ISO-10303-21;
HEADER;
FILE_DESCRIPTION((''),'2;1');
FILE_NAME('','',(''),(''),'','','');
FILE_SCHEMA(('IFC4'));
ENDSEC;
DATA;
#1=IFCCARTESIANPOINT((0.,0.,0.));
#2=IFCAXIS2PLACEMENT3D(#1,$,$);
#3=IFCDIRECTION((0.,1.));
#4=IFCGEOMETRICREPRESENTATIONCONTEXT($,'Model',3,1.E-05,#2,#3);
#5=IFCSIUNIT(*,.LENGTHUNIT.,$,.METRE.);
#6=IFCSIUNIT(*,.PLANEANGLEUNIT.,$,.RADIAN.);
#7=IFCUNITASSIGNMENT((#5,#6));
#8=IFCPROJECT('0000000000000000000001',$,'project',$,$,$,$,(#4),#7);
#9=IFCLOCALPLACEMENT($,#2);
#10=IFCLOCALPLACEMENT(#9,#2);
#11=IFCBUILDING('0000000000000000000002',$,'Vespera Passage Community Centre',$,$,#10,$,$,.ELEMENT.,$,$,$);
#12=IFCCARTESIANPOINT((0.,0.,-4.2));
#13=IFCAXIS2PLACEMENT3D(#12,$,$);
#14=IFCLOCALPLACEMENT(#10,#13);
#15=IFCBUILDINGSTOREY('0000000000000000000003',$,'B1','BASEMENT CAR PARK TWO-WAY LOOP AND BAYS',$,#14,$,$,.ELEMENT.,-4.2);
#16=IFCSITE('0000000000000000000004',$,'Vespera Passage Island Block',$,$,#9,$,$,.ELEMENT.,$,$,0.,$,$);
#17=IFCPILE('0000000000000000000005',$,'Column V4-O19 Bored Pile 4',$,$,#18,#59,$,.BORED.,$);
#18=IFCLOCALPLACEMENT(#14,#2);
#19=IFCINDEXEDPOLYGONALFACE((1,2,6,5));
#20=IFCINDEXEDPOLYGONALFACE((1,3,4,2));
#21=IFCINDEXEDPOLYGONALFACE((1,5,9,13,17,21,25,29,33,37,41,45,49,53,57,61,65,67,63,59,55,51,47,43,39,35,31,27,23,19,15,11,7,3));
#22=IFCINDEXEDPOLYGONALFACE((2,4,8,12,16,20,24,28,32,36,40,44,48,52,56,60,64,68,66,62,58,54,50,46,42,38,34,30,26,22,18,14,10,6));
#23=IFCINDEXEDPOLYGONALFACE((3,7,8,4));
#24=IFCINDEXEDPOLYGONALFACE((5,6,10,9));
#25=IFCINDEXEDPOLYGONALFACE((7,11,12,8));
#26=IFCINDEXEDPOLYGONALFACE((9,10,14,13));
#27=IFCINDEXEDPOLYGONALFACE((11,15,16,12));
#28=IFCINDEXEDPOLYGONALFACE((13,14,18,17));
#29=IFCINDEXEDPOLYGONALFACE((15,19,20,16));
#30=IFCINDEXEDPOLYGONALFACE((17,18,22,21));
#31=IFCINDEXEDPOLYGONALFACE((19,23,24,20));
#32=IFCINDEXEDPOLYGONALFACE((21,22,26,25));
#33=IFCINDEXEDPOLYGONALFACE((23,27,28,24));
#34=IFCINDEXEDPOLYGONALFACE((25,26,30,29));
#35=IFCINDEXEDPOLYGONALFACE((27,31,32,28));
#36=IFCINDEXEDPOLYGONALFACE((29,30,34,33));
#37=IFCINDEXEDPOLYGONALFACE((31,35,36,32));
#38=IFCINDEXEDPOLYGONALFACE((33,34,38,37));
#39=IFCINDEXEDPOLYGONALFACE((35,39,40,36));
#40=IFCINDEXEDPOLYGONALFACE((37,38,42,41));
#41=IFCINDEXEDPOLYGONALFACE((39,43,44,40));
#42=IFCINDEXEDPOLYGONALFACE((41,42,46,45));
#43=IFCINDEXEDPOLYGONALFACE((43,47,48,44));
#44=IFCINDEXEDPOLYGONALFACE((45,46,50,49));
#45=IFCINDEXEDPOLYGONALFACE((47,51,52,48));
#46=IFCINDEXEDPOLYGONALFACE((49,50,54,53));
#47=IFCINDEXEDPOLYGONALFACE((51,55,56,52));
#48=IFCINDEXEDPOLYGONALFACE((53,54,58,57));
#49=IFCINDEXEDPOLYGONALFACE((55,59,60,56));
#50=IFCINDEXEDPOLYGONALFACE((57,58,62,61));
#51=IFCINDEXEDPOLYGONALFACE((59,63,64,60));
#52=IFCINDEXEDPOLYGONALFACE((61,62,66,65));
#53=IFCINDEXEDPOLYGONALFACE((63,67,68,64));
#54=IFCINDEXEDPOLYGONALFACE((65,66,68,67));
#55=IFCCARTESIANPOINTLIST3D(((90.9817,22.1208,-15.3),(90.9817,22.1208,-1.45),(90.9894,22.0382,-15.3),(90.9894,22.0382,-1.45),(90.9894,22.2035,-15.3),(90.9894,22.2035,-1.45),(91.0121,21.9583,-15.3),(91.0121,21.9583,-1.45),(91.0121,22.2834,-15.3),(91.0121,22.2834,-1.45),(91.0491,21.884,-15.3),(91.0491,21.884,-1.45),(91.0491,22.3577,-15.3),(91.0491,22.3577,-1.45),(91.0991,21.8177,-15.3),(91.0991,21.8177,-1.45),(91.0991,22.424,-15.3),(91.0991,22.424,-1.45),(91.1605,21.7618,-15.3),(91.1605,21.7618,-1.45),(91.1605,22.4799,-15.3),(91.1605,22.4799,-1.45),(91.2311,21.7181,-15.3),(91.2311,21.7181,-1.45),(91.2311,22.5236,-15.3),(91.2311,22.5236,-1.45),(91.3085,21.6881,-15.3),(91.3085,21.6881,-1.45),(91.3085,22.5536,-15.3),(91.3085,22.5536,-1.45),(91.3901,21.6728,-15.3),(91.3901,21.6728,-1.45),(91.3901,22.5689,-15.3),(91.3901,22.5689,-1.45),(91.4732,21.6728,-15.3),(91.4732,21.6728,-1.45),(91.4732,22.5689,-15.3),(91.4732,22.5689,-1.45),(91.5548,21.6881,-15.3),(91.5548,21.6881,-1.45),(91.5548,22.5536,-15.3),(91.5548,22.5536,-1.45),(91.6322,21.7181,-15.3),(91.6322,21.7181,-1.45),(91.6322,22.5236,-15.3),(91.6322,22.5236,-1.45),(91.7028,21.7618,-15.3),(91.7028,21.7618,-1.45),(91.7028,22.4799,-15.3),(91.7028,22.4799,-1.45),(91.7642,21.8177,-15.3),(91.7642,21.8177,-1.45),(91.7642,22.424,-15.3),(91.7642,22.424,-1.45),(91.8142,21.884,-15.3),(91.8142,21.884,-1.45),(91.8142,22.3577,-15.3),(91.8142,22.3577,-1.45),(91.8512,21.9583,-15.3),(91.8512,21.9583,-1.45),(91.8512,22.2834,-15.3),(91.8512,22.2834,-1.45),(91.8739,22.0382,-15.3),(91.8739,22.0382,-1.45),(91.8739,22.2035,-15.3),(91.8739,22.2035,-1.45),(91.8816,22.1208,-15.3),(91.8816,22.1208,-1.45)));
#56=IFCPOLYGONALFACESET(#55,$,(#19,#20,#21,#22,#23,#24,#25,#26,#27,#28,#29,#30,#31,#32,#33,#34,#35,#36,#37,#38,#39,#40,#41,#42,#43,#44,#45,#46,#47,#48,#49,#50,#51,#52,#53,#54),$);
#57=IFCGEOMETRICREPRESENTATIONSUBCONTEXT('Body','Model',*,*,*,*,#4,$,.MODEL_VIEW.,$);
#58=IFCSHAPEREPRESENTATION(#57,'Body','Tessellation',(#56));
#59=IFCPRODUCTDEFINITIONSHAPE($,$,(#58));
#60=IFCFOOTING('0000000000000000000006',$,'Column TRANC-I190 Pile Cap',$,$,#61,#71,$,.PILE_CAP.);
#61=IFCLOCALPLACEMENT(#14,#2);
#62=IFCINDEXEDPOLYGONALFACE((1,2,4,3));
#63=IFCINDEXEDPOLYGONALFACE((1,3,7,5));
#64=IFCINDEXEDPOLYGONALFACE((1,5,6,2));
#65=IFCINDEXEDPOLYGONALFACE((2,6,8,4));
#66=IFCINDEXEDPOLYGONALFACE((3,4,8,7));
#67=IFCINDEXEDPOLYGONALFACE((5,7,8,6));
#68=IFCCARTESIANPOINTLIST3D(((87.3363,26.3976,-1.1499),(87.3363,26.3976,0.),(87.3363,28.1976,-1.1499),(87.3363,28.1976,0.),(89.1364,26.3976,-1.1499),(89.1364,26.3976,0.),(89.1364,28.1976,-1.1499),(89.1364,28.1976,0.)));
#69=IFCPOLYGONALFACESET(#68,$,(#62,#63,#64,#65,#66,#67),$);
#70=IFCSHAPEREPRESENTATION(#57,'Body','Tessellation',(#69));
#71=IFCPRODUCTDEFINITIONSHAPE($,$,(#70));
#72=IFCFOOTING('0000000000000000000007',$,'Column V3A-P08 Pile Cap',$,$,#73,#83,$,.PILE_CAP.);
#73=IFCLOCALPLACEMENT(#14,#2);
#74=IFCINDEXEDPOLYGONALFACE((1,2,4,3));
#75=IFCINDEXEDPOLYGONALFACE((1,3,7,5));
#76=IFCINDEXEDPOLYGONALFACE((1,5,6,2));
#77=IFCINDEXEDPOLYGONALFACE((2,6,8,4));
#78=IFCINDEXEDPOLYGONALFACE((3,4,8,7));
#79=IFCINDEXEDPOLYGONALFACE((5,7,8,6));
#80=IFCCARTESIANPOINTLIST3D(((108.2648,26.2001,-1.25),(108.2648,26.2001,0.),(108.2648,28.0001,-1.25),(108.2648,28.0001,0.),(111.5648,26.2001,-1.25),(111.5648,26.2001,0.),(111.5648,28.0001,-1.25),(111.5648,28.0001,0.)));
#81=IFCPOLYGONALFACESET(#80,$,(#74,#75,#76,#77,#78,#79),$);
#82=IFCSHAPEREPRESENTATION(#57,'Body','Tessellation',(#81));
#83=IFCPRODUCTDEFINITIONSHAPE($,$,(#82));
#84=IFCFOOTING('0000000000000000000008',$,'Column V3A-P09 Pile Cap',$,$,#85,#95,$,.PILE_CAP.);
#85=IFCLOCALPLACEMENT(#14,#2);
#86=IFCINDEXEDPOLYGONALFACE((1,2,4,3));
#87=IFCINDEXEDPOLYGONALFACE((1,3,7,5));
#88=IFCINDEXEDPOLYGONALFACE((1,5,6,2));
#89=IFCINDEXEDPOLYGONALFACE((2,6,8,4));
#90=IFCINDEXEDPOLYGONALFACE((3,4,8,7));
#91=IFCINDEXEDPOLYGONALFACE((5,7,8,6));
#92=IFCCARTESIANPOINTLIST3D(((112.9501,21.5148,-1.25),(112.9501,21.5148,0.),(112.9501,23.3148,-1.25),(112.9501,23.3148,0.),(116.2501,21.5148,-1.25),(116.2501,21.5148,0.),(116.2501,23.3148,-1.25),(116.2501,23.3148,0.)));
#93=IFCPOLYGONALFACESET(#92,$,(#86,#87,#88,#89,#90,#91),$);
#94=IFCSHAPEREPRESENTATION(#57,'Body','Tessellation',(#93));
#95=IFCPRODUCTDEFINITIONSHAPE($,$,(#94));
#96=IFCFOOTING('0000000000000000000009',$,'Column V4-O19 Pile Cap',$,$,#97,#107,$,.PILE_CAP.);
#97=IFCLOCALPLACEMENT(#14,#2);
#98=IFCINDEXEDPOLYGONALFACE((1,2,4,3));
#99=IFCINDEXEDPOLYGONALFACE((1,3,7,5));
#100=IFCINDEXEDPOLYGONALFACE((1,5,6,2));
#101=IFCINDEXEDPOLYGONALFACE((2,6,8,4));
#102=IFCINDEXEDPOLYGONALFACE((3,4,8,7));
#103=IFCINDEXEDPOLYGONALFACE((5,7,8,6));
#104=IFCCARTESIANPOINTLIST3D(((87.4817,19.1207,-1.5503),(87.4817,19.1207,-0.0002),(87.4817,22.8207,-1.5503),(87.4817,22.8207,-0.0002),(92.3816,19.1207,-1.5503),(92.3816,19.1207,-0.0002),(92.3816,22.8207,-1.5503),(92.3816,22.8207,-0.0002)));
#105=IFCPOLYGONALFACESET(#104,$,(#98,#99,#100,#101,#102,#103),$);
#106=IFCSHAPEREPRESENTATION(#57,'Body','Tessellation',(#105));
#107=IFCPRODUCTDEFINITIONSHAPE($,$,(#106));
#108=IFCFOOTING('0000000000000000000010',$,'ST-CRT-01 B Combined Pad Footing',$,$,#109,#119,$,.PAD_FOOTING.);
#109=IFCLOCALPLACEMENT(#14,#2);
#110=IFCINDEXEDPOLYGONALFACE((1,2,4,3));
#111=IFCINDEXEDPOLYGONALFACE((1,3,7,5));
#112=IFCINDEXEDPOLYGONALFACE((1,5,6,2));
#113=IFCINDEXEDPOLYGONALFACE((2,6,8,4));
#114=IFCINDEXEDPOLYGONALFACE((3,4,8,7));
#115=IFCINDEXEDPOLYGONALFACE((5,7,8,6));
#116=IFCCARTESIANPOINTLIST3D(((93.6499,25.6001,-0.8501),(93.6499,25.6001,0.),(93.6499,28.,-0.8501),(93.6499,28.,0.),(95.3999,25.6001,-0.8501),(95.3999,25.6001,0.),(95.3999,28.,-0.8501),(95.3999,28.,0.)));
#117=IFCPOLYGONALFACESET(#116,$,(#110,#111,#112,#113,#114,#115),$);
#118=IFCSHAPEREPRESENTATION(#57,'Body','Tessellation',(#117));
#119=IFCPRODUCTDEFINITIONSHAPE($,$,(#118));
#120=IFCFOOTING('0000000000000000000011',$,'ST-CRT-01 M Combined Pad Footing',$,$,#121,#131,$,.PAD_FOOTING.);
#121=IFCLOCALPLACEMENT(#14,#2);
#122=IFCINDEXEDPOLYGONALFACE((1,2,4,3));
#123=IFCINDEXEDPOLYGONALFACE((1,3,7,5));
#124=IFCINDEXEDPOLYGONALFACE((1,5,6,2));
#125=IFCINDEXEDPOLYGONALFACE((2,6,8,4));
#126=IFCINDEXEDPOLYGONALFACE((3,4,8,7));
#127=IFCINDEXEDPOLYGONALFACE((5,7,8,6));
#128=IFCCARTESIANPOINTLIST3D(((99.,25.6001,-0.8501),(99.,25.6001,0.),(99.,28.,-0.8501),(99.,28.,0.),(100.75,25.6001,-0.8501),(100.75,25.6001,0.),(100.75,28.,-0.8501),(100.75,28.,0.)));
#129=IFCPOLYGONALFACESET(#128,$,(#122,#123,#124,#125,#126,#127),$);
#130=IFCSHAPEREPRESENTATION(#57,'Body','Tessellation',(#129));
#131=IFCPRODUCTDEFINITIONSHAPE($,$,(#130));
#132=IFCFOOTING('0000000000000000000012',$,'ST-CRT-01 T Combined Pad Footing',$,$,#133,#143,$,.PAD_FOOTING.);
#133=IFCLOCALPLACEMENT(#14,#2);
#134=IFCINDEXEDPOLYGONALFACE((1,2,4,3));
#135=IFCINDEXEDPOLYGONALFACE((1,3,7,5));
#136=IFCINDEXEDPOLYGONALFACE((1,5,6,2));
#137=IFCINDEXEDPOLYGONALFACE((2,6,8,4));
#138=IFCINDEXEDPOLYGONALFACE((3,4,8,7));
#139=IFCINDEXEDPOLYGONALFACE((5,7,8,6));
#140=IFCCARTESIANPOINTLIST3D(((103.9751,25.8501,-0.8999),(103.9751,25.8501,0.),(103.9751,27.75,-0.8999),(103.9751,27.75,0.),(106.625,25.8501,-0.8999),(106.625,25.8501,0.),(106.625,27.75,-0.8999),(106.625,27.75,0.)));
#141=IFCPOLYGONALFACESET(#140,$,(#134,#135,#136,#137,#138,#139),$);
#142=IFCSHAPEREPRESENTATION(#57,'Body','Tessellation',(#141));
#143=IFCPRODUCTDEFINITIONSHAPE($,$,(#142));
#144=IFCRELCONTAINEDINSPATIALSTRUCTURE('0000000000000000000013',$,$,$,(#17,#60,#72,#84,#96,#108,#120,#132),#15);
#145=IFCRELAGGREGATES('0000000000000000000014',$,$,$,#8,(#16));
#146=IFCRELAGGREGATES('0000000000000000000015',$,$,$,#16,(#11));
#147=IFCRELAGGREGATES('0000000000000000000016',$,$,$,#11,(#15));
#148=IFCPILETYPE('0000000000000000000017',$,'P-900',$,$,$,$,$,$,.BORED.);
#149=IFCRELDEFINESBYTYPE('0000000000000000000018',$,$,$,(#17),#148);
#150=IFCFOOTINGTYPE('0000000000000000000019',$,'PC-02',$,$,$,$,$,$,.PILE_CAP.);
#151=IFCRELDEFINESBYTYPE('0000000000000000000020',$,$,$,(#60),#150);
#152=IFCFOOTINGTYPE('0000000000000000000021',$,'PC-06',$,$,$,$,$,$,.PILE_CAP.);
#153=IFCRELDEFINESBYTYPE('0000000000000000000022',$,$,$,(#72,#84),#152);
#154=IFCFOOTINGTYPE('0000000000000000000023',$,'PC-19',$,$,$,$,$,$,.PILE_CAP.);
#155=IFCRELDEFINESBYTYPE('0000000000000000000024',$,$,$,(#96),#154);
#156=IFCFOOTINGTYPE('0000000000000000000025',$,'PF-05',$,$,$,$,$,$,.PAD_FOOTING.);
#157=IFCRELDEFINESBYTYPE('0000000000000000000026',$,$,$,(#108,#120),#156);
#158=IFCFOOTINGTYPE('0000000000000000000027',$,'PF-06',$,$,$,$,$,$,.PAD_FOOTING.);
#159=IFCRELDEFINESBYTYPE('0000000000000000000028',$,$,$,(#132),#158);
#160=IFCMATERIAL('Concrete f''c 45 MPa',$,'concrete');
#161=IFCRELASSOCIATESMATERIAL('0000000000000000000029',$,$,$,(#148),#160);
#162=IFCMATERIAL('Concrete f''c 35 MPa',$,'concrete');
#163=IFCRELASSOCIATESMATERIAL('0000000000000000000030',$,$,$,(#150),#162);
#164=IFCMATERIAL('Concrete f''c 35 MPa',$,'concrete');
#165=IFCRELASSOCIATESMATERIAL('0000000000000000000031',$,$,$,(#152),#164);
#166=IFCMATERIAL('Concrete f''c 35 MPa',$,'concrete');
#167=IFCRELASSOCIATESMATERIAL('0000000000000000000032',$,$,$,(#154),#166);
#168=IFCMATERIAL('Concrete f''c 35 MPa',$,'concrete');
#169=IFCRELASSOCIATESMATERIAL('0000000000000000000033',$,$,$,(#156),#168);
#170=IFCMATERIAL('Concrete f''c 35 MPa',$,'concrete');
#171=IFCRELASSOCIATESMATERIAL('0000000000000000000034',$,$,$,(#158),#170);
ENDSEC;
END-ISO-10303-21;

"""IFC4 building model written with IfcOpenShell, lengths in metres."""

from ifc_helpers import new_model, si_unit, direction, frame, origin, origin_2d, place, context, subcontext, project, spatial, rectangle, circle, extrude, material, material_profile, profile_set, type_object, element, save


model = new_model("IFC4")

# Units and contexts
model_context = context("Model", 3, precision=1e-05, world=origin(), true_north=direction((0.0, 1.0)))
body_context = subcontext(model_context, "Body", "Model", "MODEL_VIEW")
ifc_project = project(units=[si_unit("LENGTHUNIT", "METRE"), si_unit("PLANEANGLEUNIT", "RADIAN")], contexts=[model_context])

# Site, building, storey
site_placement = place(None, origin())
site = spatial("IfcSite", under=ifc_project, at=site_placement, Name="Vespera Passage Island Block", CompositionType="ELEMENT", RefElevation=0.0)
building_placement = place(site_placement, origin())
building = spatial("IfcBuilding", under=site, at=building_placement, Name="Vespera Passage Community Centre", CompositionType="ELEMENT")
storey_placement = place(building_placement, frame((0.0, 0.0, -4.2)))
storey = spatial("IfcBuildingStorey", under=building, at=storey_placement, Name="B1", Description="BASEMENT CAR PARK TWO-WAY LOOP AND BAYS", CompositionType="ELEMENT", Elevation=-4.2)

# Pile
ifc_material_1 = material(Name="Concrete f'c 45 MPa", Category="concrete")
ifc_material_profile_1 = material_profile(ifc_material_1, circle(Radius=0.45, at=origin_2d()), Name="PILE900DIA")
ifc_profile_set_1 = profile_set([ifc_material_profile_1], Name="Concrete f'c 45 MPa")
pile_type_1 = type_object("IfcPileType", Name="P-900", PredefinedType="BORED", material=ifc_profile_set_1)
for number, where, z_axis, x_axis, name in (
    (1, (91.4316, 22.1208, -1.45), (0.0, 0.0, -1.0), (1.0, 0.0, 0.0), "Column V4-O19 Bored Pile 4"),
):
    element("IfcPile", number, at=place(storey_placement, frame(where, z_axis=z_axis, x_axis=x_axis)), inside=storey, type_object=pile_type_1, Name=name, PredefinedType="BORED", context=body_context, shape_type="SweptSolid", body=[
        extrude(circle(Radius=0.45, at=origin_2d()), origin(), (0.0, 0.0, 1.0), 13.8501),
    ])

# Footings
ifc_material_2 = material(Name="Concrete f'c 35 MPa", Category="concrete")
footing_type_1 = type_object("IfcFootingType", Name="PC-02", PredefinedType="PILE_CAP", material=ifc_material_2)
footing_1_placement = place(storey_placement, frame((88.2363, 27.2976, -1.1499), z_axis=(0.0, 0.0, 1.0), x_axis=(1.0, 0.0, 0.0)))
element("IfcFooting", 2, at=footing_1_placement, inside=storey, type_object=footing_type_1, Name="Column TRANC-I190 Pile Cap", PredefinedType="PILE_CAP", context=body_context, shape_type="SweptSolid", body=[
    extrude(rectangle(XDim=1.8, YDim=1.8, at=origin_2d()), origin(), (0.0, 0.0, 1.0), 1.1499),
])
ifc_material_3 = material(Name="Concrete f'c 35 MPa", Category="concrete")
footing_type_2 = type_object("IfcFootingType", Name="PC-06", PredefinedType="PILE_CAP", material=ifc_material_3)
for number, where, z_axis, x_axis, name in (
    (3, (109.9148, 27.1001, -1.25), (0.0, 0.0, 1.0), (1.0, 0.0, 0.0), "Column V3A-P08 Pile Cap"),
    (4, (114.6001, 22.4148, -1.25), (0.0, 0.0, 1.0), (1.0, 0.0, 0.0), "Column V3A-P09 Pile Cap"),
):
    element("IfcFooting", number, at=place(storey_placement, frame(where, z_axis=z_axis, x_axis=x_axis)), inside=storey, type_object=footing_type_2, Name=name, PredefinedType="PILE_CAP", context=body_context, shape_type="SweptSolid", body=[
        extrude(rectangle(XDim=3.3, YDim=1.8, at=origin_2d()), origin(), (0.0, 0.0, 1.0), 1.25),
    ])
ifc_material_4 = material(Name="Concrete f'c 35 MPa", Category="concrete")
footing_type_3 = type_object("IfcFootingType", Name="PC-19", PredefinedType="PILE_CAP", material=ifc_material_4)
footing_2_placement = place(storey_placement, frame((89.9316, 20.9707, -1.5503), z_axis=(0.0, 0.0, 1.0), x_axis=(1.0, 0.0, 0.0)))
element("IfcFooting", 5, at=footing_2_placement, inside=storey, type_object=footing_type_3, Name="Column V4-O19 Pile Cap", PredefinedType="PILE_CAP", context=body_context, shape_type="SweptSolid", body=[
    extrude(rectangle(XDim=4.8999, YDim=3.7, at=origin_2d()), origin(), (0.0, 0.0, 1.0), 1.55),
])
ifc_material_5 = material(Name="Concrete f'c 35 MPa", Category="concrete")
footing_type_4 = type_object("IfcFootingType", Name="PF-05", PredefinedType="PAD_FOOTING", material=ifc_material_5)
for number, where, z_axis, x_axis, name in (
    (6, (94.5249, 26.8, -0.8501), (0.0, 0.0, 1.0), (0.0, 1.0, 0.0), "ST-CRT-01 B Combined Pad Footing"),
    (7, (99.875, 26.8, -0.8501), (0.0, 0.0, 1.0), (0.0, 1.0, 0.0), "ST-CRT-01 M Combined Pad Footing"),
):
    element("IfcFooting", number, at=place(storey_placement, frame(where, z_axis=z_axis, x_axis=x_axis)), inside=storey, type_object=footing_type_4, Name=name, PredefinedType="PAD_FOOTING", context=body_context, shape_type="SweptSolid", body=[
        extrude(rectangle(XDim=2.3999, YDim=1.75, at=origin_2d()), origin(), (0.0, 0.0, 1.0), 0.8501),
    ])
ifc_material_6 = material(Name="Concrete f'c 35 MPa", Category="concrete")
footing_type_5 = type_object("IfcFootingType", Name="PF-06", PredefinedType="PAD_FOOTING", material=ifc_material_6)
footing_3_placement = place(storey_placement, frame((105.3, 26.8, -0.8999), z_axis=(0.0, 0.0, 1.0), x_axis=(1.0, 0.0, 0.0)))
element("IfcFooting", 8, at=footing_3_placement, inside=storey, type_object=footing_type_5, Name="ST-CRT-01 T Combined Pad Footing", PredefinedType="PAD_FOOTING", context=body_context, shape_type="SweptSolid", body=[
    extrude(rectangle(XDim=2.6499, YDim=1.8999, at=origin_2d()), origin(), (0.0, 0.0, 1.0), 0.8999),
])

save(model, "model.ifc")
